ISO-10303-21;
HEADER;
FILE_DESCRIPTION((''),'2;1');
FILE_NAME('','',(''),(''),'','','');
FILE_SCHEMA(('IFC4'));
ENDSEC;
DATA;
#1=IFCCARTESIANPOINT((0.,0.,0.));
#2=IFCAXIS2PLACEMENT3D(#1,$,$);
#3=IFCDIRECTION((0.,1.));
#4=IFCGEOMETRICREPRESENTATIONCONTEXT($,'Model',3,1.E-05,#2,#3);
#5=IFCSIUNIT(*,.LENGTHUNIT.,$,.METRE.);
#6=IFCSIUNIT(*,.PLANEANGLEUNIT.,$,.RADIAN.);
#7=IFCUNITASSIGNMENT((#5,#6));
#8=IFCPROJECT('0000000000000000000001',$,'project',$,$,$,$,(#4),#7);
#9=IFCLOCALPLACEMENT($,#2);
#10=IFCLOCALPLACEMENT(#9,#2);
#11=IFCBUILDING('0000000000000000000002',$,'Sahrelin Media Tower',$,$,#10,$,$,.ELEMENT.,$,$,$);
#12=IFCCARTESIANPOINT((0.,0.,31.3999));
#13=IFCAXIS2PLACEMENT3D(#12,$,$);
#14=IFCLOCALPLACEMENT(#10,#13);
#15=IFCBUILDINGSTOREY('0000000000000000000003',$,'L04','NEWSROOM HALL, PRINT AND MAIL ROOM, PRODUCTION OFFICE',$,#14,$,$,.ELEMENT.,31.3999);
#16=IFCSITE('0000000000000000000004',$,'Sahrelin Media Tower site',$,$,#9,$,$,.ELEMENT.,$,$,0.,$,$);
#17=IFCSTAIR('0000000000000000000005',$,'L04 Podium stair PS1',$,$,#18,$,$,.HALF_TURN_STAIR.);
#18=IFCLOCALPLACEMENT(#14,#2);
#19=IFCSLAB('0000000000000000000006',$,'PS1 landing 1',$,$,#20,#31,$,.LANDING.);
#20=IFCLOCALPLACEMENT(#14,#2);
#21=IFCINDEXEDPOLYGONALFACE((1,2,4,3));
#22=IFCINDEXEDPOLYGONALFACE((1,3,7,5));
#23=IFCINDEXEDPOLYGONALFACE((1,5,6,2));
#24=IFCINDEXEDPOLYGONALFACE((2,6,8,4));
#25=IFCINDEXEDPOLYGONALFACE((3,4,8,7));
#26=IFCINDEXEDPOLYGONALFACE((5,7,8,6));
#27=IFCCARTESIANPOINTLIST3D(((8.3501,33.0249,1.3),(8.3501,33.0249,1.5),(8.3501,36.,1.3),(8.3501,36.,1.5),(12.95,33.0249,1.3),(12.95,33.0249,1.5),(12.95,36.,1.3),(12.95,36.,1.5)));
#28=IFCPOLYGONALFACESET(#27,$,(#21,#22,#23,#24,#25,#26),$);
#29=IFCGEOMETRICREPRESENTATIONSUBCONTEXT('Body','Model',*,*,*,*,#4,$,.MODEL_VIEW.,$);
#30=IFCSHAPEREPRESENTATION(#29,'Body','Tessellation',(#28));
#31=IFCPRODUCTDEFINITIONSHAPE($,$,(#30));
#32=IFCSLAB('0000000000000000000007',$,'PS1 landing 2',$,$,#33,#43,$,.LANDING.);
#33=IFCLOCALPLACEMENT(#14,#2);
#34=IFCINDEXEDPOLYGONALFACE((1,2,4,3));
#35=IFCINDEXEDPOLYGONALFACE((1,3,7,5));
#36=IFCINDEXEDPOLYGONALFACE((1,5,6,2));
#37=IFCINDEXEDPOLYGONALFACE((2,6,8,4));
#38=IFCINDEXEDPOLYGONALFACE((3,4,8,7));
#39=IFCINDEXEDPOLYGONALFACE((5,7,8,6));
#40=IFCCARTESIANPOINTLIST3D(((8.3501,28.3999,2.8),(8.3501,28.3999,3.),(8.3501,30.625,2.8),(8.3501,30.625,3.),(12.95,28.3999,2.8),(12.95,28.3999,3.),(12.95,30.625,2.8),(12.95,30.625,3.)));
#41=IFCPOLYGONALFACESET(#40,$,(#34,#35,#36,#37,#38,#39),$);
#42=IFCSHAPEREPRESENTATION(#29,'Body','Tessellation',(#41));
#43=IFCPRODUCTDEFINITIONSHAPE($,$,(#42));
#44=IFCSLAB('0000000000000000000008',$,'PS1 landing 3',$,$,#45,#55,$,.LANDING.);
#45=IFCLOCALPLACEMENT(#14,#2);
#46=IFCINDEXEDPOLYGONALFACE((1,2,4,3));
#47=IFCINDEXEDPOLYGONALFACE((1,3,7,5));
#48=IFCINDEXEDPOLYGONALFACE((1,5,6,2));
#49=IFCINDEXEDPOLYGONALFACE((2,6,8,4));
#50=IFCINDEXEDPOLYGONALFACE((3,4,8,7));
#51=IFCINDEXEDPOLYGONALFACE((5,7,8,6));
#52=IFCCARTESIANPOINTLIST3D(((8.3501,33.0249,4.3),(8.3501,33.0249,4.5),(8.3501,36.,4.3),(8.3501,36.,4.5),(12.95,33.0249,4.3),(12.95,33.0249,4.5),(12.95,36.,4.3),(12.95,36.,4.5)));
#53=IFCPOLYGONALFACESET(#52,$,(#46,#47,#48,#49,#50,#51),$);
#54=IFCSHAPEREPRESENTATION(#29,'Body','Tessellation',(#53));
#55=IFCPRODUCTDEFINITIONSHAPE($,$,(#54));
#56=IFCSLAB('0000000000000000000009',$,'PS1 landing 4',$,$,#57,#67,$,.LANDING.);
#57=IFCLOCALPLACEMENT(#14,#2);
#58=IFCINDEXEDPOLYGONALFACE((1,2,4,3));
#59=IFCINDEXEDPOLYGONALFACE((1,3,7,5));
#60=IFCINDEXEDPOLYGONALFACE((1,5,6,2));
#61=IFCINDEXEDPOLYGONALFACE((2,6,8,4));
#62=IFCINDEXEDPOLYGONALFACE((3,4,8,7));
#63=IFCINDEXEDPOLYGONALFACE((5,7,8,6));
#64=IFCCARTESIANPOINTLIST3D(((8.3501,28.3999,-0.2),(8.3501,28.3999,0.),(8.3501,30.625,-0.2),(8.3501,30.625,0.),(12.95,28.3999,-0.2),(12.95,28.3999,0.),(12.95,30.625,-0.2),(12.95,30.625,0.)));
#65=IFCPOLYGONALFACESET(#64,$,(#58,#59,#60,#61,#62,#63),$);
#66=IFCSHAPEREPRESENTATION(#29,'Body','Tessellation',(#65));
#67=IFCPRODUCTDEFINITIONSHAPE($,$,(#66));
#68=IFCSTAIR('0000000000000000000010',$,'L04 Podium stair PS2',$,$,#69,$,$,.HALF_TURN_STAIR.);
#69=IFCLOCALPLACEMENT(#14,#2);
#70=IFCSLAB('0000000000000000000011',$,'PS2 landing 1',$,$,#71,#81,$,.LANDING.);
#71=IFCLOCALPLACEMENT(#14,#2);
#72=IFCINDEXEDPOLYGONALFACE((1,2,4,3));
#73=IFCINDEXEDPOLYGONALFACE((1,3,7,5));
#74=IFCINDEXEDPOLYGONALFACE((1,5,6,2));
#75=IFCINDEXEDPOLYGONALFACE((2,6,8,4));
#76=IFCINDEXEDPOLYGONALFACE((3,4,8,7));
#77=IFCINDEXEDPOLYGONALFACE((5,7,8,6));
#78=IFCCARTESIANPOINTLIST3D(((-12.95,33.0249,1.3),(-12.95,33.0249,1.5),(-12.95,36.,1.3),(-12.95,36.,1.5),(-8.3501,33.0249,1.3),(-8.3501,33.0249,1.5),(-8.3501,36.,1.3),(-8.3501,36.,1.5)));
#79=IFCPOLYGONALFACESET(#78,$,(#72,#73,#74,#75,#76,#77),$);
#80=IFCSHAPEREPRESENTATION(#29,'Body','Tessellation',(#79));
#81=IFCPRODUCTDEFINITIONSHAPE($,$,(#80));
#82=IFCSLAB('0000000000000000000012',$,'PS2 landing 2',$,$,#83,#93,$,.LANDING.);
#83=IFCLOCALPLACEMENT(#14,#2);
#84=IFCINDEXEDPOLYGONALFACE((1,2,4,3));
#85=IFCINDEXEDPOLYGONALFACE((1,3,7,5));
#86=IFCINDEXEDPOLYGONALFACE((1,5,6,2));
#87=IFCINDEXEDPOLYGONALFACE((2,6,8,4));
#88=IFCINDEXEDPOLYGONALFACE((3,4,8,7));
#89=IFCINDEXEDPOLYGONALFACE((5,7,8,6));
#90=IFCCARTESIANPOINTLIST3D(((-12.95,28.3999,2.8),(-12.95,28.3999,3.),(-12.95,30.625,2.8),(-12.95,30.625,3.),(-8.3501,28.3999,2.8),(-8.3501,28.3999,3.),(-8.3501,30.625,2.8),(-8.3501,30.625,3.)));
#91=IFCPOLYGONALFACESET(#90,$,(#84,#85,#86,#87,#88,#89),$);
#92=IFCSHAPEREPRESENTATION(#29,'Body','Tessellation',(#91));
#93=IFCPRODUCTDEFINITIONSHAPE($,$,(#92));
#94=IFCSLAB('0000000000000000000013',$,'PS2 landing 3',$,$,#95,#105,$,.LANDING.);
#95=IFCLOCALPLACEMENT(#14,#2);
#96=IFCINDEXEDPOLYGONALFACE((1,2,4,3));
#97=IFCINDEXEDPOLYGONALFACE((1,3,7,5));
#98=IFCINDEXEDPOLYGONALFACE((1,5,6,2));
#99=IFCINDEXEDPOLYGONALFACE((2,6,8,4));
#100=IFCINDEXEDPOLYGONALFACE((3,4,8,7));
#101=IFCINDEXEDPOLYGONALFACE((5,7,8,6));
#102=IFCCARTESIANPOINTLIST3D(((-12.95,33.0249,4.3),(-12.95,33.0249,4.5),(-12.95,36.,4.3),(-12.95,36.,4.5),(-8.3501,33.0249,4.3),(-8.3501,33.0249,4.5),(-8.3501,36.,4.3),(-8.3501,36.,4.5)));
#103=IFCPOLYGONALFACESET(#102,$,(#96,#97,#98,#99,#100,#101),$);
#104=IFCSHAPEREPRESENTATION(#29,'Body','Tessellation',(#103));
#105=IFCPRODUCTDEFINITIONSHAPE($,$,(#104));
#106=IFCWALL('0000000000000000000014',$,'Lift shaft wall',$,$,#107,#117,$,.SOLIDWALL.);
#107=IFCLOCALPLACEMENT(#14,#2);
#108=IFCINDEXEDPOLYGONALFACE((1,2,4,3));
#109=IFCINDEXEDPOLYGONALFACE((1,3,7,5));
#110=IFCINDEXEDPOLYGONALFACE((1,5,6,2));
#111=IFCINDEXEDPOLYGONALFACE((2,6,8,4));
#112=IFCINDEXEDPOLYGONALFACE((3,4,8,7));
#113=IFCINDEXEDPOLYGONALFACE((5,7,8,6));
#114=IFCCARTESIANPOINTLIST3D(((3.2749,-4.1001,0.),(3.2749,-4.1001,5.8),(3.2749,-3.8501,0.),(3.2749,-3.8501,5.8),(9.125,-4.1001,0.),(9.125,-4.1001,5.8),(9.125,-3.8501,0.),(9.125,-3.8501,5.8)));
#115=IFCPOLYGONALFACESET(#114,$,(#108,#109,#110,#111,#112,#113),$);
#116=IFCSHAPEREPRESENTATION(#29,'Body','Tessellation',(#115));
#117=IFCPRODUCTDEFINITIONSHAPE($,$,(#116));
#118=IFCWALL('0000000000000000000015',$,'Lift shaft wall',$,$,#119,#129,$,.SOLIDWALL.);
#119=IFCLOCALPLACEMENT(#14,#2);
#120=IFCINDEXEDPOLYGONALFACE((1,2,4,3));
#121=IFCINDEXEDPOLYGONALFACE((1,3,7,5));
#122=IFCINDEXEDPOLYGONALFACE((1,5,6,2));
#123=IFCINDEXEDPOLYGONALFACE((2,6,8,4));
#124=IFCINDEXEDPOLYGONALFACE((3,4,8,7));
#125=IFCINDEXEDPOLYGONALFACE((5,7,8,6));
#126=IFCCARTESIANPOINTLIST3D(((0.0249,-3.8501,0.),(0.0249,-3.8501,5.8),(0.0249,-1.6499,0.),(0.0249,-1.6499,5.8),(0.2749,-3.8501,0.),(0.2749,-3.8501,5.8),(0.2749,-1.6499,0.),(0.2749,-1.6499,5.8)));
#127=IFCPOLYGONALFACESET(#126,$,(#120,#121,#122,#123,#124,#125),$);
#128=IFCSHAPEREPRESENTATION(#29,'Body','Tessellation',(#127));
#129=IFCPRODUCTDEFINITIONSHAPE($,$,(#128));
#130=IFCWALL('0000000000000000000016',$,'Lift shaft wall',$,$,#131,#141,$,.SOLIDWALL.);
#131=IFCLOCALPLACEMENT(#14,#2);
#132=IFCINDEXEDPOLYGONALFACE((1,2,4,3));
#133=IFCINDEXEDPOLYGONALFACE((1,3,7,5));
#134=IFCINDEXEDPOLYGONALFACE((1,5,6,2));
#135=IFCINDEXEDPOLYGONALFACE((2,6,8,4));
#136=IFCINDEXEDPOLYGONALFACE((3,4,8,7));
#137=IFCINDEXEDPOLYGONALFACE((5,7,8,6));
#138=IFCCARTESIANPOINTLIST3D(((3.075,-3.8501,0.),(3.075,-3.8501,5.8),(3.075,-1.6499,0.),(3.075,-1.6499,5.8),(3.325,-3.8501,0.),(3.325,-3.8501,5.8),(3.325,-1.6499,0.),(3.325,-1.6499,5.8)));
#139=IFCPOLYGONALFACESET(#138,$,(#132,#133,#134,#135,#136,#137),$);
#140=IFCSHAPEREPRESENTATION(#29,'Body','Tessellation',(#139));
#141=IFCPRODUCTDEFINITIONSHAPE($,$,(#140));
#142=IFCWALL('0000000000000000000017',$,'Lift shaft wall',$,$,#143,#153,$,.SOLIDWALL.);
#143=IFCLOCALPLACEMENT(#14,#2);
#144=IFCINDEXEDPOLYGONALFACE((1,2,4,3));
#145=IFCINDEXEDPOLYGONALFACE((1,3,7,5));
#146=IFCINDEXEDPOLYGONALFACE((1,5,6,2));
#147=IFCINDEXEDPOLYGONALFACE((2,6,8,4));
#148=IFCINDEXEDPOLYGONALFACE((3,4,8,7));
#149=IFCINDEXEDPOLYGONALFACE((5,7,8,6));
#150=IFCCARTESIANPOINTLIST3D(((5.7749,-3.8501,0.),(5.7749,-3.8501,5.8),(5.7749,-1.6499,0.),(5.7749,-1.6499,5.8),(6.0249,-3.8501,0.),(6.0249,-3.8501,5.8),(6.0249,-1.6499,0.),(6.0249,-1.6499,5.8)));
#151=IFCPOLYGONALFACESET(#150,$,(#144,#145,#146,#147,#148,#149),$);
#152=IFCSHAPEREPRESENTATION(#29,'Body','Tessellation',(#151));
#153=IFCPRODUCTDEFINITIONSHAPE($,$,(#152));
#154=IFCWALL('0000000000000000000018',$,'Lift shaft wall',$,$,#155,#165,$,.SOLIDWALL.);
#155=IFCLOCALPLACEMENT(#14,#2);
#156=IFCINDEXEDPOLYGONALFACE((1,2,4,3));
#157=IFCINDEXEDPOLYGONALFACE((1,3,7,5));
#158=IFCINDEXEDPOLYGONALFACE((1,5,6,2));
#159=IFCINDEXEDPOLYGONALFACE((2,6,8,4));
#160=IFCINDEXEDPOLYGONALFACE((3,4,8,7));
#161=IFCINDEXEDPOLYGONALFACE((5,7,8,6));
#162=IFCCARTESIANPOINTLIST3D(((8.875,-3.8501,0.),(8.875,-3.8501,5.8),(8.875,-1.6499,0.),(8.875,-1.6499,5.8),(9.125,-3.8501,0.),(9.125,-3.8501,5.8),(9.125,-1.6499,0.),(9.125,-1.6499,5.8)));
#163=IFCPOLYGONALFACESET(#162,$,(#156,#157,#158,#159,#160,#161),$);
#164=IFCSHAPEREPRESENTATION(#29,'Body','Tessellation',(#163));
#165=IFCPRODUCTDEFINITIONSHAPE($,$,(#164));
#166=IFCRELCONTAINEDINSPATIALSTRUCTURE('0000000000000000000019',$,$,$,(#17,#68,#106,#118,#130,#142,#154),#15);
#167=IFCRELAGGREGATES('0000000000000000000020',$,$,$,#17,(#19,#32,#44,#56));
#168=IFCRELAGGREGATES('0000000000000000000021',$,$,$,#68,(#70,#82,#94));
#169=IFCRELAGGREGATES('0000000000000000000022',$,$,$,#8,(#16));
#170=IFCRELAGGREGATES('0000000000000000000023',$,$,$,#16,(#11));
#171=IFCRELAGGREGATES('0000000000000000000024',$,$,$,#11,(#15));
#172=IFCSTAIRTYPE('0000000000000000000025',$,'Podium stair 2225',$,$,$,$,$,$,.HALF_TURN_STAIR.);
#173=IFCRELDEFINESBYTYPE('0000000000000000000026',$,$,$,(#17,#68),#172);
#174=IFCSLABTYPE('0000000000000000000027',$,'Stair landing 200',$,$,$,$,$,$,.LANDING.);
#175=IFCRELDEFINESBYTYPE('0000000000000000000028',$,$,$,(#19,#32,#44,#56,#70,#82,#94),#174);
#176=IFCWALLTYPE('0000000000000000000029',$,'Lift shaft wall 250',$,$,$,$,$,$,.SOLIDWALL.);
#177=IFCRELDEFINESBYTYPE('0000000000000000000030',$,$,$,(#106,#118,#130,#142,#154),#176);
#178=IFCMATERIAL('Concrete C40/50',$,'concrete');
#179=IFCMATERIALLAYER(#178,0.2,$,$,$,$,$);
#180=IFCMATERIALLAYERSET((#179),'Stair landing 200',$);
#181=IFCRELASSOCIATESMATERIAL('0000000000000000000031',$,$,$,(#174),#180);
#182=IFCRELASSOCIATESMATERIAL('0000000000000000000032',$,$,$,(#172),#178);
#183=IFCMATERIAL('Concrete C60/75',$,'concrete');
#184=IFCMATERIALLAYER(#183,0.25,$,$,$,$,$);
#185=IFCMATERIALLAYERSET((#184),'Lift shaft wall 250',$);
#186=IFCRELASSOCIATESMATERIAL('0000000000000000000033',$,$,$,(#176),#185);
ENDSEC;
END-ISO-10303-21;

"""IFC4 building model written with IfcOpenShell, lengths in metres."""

from ifc_helpers import new_model, si_unit, direction, frame, frame_2d, origin, place, context, subcontext, project, spatial, polyline, rectangle, outline, extrude, material, layer, layer_set, type_object, element, aggregate, save


model = new_model("IFC4")

# Units and contexts
model_context = context("Model", 3, precision=1e-05, world=origin(), true_north=direction((0.0, 1.0)))
body_context = subcontext(model_context, "Body", "Model", "MODEL_VIEW")
ifc_project = project(units=[si_unit("LENGTHUNIT", "METRE"), si_unit("PLANEANGLEUNIT", "RADIAN")], contexts=[model_context])

# Site, building, storey
site_placement = place(None, origin())
site = spatial("IfcSite", under=ifc_project, at=site_placement, Name="Sahrelin Media Tower site", CompositionType="ELEMENT", RefElevation=0.0)
building_placement = place(site_placement, origin())
building = spatial("IfcBuilding", under=site, at=building_placement, Name="Sahrelin Media Tower", CompositionType="ELEMENT")
storey_placement = place(building_placement, frame((0.0, 0.0, 31.3999)))
storey = spatial("IfcBuildingStorey", under=building, at=storey_placement, Name="L04", Description="NEWSROOM HALL, PRINT AND MAIL ROOM, PRODUCTION OFFICE", CompositionType="ELEMENT", Elevation=31.3999)

# Stairs, slabs
ifc_material_1 = material(Name="Concrete C40/50", Category="concrete")
placement_1 = place(storey_placement, origin())
ifc_layer_1 = layer(ifc_material_1, 0.2)
ifc_layer_set_1 = layer_set([ifc_layer_1], Name="Stair landing 200")
slab_type = type_object("IfcSlabType", Name="Stair landing 200", PredefinedType="LANDING", material=ifc_layer_set_1)
placement_2 = place(storey_placement, frame((0.0, 0.0, 2.8)))
placement_3 = place(storey_placement, frame((0.0, 0.0, 4.3)))
placement_4 = place(storey_placement, frame((0.0, 0.0, -0.2)))
stair_type_1 = type_object("IfcStairType", Name="Podium stair 2225", PredefinedType="HALF_TURN_STAIR", material=ifc_material_1)
stair_1 = element("IfcStair", 1, at=placement_1, inside=storey, type_object=stair_type_1, Name="L04 Podium stair PS1", PredefinedType="HALF_TURN_STAIR")
placement_5 = place(storey_placement, frame((0.0, 0.0, 1.3)))
slab_1 = element("IfcSlab", 2, at=placement_5, type_object=slab_type, Name="PS1 landing 1", PredefinedType="LANDING", context=body_context, shape_type="SweptSolid", body=[
    extrude(outline(polyline([(12.95, 33.0249), (12.95, 36.0), (8.3501, 36.0), (8.3501, 33.0249), (12.95, 33.0249)])), origin(), (0.0, 0.0, 1.0), 0.2),
])
slab_2 = element("IfcSlab", 3, at=placement_2, type_object=slab_type, Name="PS1 landing 2", PredefinedType="LANDING", context=body_context, shape_type="SweptSolid", body=[
    extrude(outline(polyline([(12.95, 28.3999), (12.95, 30.625), (8.3501, 30.625), (8.3501, 28.3999), (12.95, 28.3999)])), origin(), (0.0, 0.0, 1.0), 0.2),
])
slab_3 = element("IfcSlab", 4, at=placement_3, type_object=slab_type, Name="PS1 landing 3", PredefinedType="LANDING", context=body_context, shape_type="SweptSolid", body=[
    extrude(outline(polyline([(12.95, 33.0249), (12.95, 36.0), (8.3501, 36.0), (8.3501, 33.0249), (12.95, 33.0249)])), origin(), (0.0, 0.0, 1.0), 0.2),
])
slab_4 = element("IfcSlab", 5, at=placement_4, type_object=slab_type, Name="PS1 landing 4", PredefinedType="LANDING", context=body_context, shape_type="SweptSolid", body=[
    extrude(outline(polyline([(12.95, 28.3999), (12.95, 30.625), (8.3501, 30.625), (8.3501, 28.3999), (12.95, 28.3999)])), origin(), (0.0, 0.0, 1.0), 0.2),
])
aggregate(stair_1, [slab_1, slab_2, slab_3, slab_4])
stair_2 = element("IfcStair", 6, at=placement_1, inside=storey, type_object=stair_type_1, Name="L04 Podium stair PS2", PredefinedType="HALF_TURN_STAIR")
slab_5 = element("IfcSlab", 7, at=placement_5, type_object=slab_type, Name="PS2 landing 1", PredefinedType="LANDING", context=body_context, shape_type="SweptSolid", body=[
    extrude(outline(polyline([(-8.3501, 33.0249), (-8.3501, 36.0), (-12.95, 36.0), (-12.95, 33.0249), (-8.3501, 33.0249)])), origin(), (0.0, 0.0, 1.0), 0.2),
])
slab_6 = element("IfcSlab", 8, at=placement_2, type_object=slab_type, Name="PS2 landing 2", PredefinedType="LANDING", context=body_context, shape_type="SweptSolid", body=[
    extrude(outline(polyline([(-8.3501, 28.3999), (-8.3501, 30.625), (-12.95, 30.625), (-12.95, 28.3999), (-8.3501, 28.3999)])), origin(), (0.0, 0.0, 1.0), 0.2),
])
slab_7 = element("IfcSlab", 9, at=placement_3, type_object=slab_type, Name="PS2 landing 3", PredefinedType="LANDING", context=body_context, shape_type="SweptSolid", body=[
    extrude(outline(polyline([(-8.3501, 33.0249), (-8.3501, 36.0), (-12.95, 36.0), (-12.95, 33.0249), (-8.3501, 33.0249)])), origin(), (0.0, 0.0, 1.0), 0.2),
])
aggregate(stair_2, [slab_5, slab_6, slab_7])

# Walls
ifc_material_2 = material(Name="Concrete C60/75", Category="concrete")
ifc_layer_2 = layer(ifc_material_2, 0.25)
ifc_layer_set_2 = layer_set([ifc_layer_2], Name="Lift shaft wall 250")
wall_type = type_object("IfcWallType", Name="Lift shaft wall 250", PredefinedType="SOLIDWALL", material=ifc_layer_set_2)
wall_placement = place(storey_placement, frame((3.2749, -3.9751, 0.0), z_axis=(0.0, 0.0, 1.0), x_axis=(1.0, 0.0, 0.0)))
element("IfcWall", 10, at=wall_placement, inside=storey, type_object=wall_type, Name="Lift shaft wall", PredefinedType="SOLIDWALL", context=body_context, shape_type="SweptSolid", body=[
    extrude(rectangle(XDim=5.8501, YDim=0.25, at=frame_2d((2.925, 0.0))), origin(), (0.0, 0.0, 1.0), 5.8),
])
for number, where, z_axis, x_axis, name in (
    (11, (0.1499, -3.8501, 0.0), (0.0, 0.0, 1.0), (0.0, 1.0, 0.0), "Lift shaft wall"),
    (12, (3.2, -3.8501, 0.0), (0.0, 0.0, 1.0), (0.0, 1.0, 0.0), "Lift shaft wall"),
    (13, (5.8999, -3.8501, 0.0), (0.0, 0.0, 1.0), (0.0, 1.0, 0.0), "Lift shaft wall"),
    (14, (9.0, -3.8501, 0.0), (0.0, 0.0, 1.0), (0.0, 1.0, 0.0), "Lift shaft wall"),
):
    element("IfcWall", number, at=place(storey_placement, frame(where, z_axis=z_axis, x_axis=x_axis)), inside=storey, type_object=wall_type, Name=name, PredefinedType="SOLIDWALL", context=body_context, shape_type="SweptSolid", body=[
        extrude(rectangle(XDim=2.2002, YDim=0.25, at=frame_2d((1.1001, 0.0))), origin(), (0.0, 0.0, 1.0), 5.8),
    ])

save(model, "model.ifc")
